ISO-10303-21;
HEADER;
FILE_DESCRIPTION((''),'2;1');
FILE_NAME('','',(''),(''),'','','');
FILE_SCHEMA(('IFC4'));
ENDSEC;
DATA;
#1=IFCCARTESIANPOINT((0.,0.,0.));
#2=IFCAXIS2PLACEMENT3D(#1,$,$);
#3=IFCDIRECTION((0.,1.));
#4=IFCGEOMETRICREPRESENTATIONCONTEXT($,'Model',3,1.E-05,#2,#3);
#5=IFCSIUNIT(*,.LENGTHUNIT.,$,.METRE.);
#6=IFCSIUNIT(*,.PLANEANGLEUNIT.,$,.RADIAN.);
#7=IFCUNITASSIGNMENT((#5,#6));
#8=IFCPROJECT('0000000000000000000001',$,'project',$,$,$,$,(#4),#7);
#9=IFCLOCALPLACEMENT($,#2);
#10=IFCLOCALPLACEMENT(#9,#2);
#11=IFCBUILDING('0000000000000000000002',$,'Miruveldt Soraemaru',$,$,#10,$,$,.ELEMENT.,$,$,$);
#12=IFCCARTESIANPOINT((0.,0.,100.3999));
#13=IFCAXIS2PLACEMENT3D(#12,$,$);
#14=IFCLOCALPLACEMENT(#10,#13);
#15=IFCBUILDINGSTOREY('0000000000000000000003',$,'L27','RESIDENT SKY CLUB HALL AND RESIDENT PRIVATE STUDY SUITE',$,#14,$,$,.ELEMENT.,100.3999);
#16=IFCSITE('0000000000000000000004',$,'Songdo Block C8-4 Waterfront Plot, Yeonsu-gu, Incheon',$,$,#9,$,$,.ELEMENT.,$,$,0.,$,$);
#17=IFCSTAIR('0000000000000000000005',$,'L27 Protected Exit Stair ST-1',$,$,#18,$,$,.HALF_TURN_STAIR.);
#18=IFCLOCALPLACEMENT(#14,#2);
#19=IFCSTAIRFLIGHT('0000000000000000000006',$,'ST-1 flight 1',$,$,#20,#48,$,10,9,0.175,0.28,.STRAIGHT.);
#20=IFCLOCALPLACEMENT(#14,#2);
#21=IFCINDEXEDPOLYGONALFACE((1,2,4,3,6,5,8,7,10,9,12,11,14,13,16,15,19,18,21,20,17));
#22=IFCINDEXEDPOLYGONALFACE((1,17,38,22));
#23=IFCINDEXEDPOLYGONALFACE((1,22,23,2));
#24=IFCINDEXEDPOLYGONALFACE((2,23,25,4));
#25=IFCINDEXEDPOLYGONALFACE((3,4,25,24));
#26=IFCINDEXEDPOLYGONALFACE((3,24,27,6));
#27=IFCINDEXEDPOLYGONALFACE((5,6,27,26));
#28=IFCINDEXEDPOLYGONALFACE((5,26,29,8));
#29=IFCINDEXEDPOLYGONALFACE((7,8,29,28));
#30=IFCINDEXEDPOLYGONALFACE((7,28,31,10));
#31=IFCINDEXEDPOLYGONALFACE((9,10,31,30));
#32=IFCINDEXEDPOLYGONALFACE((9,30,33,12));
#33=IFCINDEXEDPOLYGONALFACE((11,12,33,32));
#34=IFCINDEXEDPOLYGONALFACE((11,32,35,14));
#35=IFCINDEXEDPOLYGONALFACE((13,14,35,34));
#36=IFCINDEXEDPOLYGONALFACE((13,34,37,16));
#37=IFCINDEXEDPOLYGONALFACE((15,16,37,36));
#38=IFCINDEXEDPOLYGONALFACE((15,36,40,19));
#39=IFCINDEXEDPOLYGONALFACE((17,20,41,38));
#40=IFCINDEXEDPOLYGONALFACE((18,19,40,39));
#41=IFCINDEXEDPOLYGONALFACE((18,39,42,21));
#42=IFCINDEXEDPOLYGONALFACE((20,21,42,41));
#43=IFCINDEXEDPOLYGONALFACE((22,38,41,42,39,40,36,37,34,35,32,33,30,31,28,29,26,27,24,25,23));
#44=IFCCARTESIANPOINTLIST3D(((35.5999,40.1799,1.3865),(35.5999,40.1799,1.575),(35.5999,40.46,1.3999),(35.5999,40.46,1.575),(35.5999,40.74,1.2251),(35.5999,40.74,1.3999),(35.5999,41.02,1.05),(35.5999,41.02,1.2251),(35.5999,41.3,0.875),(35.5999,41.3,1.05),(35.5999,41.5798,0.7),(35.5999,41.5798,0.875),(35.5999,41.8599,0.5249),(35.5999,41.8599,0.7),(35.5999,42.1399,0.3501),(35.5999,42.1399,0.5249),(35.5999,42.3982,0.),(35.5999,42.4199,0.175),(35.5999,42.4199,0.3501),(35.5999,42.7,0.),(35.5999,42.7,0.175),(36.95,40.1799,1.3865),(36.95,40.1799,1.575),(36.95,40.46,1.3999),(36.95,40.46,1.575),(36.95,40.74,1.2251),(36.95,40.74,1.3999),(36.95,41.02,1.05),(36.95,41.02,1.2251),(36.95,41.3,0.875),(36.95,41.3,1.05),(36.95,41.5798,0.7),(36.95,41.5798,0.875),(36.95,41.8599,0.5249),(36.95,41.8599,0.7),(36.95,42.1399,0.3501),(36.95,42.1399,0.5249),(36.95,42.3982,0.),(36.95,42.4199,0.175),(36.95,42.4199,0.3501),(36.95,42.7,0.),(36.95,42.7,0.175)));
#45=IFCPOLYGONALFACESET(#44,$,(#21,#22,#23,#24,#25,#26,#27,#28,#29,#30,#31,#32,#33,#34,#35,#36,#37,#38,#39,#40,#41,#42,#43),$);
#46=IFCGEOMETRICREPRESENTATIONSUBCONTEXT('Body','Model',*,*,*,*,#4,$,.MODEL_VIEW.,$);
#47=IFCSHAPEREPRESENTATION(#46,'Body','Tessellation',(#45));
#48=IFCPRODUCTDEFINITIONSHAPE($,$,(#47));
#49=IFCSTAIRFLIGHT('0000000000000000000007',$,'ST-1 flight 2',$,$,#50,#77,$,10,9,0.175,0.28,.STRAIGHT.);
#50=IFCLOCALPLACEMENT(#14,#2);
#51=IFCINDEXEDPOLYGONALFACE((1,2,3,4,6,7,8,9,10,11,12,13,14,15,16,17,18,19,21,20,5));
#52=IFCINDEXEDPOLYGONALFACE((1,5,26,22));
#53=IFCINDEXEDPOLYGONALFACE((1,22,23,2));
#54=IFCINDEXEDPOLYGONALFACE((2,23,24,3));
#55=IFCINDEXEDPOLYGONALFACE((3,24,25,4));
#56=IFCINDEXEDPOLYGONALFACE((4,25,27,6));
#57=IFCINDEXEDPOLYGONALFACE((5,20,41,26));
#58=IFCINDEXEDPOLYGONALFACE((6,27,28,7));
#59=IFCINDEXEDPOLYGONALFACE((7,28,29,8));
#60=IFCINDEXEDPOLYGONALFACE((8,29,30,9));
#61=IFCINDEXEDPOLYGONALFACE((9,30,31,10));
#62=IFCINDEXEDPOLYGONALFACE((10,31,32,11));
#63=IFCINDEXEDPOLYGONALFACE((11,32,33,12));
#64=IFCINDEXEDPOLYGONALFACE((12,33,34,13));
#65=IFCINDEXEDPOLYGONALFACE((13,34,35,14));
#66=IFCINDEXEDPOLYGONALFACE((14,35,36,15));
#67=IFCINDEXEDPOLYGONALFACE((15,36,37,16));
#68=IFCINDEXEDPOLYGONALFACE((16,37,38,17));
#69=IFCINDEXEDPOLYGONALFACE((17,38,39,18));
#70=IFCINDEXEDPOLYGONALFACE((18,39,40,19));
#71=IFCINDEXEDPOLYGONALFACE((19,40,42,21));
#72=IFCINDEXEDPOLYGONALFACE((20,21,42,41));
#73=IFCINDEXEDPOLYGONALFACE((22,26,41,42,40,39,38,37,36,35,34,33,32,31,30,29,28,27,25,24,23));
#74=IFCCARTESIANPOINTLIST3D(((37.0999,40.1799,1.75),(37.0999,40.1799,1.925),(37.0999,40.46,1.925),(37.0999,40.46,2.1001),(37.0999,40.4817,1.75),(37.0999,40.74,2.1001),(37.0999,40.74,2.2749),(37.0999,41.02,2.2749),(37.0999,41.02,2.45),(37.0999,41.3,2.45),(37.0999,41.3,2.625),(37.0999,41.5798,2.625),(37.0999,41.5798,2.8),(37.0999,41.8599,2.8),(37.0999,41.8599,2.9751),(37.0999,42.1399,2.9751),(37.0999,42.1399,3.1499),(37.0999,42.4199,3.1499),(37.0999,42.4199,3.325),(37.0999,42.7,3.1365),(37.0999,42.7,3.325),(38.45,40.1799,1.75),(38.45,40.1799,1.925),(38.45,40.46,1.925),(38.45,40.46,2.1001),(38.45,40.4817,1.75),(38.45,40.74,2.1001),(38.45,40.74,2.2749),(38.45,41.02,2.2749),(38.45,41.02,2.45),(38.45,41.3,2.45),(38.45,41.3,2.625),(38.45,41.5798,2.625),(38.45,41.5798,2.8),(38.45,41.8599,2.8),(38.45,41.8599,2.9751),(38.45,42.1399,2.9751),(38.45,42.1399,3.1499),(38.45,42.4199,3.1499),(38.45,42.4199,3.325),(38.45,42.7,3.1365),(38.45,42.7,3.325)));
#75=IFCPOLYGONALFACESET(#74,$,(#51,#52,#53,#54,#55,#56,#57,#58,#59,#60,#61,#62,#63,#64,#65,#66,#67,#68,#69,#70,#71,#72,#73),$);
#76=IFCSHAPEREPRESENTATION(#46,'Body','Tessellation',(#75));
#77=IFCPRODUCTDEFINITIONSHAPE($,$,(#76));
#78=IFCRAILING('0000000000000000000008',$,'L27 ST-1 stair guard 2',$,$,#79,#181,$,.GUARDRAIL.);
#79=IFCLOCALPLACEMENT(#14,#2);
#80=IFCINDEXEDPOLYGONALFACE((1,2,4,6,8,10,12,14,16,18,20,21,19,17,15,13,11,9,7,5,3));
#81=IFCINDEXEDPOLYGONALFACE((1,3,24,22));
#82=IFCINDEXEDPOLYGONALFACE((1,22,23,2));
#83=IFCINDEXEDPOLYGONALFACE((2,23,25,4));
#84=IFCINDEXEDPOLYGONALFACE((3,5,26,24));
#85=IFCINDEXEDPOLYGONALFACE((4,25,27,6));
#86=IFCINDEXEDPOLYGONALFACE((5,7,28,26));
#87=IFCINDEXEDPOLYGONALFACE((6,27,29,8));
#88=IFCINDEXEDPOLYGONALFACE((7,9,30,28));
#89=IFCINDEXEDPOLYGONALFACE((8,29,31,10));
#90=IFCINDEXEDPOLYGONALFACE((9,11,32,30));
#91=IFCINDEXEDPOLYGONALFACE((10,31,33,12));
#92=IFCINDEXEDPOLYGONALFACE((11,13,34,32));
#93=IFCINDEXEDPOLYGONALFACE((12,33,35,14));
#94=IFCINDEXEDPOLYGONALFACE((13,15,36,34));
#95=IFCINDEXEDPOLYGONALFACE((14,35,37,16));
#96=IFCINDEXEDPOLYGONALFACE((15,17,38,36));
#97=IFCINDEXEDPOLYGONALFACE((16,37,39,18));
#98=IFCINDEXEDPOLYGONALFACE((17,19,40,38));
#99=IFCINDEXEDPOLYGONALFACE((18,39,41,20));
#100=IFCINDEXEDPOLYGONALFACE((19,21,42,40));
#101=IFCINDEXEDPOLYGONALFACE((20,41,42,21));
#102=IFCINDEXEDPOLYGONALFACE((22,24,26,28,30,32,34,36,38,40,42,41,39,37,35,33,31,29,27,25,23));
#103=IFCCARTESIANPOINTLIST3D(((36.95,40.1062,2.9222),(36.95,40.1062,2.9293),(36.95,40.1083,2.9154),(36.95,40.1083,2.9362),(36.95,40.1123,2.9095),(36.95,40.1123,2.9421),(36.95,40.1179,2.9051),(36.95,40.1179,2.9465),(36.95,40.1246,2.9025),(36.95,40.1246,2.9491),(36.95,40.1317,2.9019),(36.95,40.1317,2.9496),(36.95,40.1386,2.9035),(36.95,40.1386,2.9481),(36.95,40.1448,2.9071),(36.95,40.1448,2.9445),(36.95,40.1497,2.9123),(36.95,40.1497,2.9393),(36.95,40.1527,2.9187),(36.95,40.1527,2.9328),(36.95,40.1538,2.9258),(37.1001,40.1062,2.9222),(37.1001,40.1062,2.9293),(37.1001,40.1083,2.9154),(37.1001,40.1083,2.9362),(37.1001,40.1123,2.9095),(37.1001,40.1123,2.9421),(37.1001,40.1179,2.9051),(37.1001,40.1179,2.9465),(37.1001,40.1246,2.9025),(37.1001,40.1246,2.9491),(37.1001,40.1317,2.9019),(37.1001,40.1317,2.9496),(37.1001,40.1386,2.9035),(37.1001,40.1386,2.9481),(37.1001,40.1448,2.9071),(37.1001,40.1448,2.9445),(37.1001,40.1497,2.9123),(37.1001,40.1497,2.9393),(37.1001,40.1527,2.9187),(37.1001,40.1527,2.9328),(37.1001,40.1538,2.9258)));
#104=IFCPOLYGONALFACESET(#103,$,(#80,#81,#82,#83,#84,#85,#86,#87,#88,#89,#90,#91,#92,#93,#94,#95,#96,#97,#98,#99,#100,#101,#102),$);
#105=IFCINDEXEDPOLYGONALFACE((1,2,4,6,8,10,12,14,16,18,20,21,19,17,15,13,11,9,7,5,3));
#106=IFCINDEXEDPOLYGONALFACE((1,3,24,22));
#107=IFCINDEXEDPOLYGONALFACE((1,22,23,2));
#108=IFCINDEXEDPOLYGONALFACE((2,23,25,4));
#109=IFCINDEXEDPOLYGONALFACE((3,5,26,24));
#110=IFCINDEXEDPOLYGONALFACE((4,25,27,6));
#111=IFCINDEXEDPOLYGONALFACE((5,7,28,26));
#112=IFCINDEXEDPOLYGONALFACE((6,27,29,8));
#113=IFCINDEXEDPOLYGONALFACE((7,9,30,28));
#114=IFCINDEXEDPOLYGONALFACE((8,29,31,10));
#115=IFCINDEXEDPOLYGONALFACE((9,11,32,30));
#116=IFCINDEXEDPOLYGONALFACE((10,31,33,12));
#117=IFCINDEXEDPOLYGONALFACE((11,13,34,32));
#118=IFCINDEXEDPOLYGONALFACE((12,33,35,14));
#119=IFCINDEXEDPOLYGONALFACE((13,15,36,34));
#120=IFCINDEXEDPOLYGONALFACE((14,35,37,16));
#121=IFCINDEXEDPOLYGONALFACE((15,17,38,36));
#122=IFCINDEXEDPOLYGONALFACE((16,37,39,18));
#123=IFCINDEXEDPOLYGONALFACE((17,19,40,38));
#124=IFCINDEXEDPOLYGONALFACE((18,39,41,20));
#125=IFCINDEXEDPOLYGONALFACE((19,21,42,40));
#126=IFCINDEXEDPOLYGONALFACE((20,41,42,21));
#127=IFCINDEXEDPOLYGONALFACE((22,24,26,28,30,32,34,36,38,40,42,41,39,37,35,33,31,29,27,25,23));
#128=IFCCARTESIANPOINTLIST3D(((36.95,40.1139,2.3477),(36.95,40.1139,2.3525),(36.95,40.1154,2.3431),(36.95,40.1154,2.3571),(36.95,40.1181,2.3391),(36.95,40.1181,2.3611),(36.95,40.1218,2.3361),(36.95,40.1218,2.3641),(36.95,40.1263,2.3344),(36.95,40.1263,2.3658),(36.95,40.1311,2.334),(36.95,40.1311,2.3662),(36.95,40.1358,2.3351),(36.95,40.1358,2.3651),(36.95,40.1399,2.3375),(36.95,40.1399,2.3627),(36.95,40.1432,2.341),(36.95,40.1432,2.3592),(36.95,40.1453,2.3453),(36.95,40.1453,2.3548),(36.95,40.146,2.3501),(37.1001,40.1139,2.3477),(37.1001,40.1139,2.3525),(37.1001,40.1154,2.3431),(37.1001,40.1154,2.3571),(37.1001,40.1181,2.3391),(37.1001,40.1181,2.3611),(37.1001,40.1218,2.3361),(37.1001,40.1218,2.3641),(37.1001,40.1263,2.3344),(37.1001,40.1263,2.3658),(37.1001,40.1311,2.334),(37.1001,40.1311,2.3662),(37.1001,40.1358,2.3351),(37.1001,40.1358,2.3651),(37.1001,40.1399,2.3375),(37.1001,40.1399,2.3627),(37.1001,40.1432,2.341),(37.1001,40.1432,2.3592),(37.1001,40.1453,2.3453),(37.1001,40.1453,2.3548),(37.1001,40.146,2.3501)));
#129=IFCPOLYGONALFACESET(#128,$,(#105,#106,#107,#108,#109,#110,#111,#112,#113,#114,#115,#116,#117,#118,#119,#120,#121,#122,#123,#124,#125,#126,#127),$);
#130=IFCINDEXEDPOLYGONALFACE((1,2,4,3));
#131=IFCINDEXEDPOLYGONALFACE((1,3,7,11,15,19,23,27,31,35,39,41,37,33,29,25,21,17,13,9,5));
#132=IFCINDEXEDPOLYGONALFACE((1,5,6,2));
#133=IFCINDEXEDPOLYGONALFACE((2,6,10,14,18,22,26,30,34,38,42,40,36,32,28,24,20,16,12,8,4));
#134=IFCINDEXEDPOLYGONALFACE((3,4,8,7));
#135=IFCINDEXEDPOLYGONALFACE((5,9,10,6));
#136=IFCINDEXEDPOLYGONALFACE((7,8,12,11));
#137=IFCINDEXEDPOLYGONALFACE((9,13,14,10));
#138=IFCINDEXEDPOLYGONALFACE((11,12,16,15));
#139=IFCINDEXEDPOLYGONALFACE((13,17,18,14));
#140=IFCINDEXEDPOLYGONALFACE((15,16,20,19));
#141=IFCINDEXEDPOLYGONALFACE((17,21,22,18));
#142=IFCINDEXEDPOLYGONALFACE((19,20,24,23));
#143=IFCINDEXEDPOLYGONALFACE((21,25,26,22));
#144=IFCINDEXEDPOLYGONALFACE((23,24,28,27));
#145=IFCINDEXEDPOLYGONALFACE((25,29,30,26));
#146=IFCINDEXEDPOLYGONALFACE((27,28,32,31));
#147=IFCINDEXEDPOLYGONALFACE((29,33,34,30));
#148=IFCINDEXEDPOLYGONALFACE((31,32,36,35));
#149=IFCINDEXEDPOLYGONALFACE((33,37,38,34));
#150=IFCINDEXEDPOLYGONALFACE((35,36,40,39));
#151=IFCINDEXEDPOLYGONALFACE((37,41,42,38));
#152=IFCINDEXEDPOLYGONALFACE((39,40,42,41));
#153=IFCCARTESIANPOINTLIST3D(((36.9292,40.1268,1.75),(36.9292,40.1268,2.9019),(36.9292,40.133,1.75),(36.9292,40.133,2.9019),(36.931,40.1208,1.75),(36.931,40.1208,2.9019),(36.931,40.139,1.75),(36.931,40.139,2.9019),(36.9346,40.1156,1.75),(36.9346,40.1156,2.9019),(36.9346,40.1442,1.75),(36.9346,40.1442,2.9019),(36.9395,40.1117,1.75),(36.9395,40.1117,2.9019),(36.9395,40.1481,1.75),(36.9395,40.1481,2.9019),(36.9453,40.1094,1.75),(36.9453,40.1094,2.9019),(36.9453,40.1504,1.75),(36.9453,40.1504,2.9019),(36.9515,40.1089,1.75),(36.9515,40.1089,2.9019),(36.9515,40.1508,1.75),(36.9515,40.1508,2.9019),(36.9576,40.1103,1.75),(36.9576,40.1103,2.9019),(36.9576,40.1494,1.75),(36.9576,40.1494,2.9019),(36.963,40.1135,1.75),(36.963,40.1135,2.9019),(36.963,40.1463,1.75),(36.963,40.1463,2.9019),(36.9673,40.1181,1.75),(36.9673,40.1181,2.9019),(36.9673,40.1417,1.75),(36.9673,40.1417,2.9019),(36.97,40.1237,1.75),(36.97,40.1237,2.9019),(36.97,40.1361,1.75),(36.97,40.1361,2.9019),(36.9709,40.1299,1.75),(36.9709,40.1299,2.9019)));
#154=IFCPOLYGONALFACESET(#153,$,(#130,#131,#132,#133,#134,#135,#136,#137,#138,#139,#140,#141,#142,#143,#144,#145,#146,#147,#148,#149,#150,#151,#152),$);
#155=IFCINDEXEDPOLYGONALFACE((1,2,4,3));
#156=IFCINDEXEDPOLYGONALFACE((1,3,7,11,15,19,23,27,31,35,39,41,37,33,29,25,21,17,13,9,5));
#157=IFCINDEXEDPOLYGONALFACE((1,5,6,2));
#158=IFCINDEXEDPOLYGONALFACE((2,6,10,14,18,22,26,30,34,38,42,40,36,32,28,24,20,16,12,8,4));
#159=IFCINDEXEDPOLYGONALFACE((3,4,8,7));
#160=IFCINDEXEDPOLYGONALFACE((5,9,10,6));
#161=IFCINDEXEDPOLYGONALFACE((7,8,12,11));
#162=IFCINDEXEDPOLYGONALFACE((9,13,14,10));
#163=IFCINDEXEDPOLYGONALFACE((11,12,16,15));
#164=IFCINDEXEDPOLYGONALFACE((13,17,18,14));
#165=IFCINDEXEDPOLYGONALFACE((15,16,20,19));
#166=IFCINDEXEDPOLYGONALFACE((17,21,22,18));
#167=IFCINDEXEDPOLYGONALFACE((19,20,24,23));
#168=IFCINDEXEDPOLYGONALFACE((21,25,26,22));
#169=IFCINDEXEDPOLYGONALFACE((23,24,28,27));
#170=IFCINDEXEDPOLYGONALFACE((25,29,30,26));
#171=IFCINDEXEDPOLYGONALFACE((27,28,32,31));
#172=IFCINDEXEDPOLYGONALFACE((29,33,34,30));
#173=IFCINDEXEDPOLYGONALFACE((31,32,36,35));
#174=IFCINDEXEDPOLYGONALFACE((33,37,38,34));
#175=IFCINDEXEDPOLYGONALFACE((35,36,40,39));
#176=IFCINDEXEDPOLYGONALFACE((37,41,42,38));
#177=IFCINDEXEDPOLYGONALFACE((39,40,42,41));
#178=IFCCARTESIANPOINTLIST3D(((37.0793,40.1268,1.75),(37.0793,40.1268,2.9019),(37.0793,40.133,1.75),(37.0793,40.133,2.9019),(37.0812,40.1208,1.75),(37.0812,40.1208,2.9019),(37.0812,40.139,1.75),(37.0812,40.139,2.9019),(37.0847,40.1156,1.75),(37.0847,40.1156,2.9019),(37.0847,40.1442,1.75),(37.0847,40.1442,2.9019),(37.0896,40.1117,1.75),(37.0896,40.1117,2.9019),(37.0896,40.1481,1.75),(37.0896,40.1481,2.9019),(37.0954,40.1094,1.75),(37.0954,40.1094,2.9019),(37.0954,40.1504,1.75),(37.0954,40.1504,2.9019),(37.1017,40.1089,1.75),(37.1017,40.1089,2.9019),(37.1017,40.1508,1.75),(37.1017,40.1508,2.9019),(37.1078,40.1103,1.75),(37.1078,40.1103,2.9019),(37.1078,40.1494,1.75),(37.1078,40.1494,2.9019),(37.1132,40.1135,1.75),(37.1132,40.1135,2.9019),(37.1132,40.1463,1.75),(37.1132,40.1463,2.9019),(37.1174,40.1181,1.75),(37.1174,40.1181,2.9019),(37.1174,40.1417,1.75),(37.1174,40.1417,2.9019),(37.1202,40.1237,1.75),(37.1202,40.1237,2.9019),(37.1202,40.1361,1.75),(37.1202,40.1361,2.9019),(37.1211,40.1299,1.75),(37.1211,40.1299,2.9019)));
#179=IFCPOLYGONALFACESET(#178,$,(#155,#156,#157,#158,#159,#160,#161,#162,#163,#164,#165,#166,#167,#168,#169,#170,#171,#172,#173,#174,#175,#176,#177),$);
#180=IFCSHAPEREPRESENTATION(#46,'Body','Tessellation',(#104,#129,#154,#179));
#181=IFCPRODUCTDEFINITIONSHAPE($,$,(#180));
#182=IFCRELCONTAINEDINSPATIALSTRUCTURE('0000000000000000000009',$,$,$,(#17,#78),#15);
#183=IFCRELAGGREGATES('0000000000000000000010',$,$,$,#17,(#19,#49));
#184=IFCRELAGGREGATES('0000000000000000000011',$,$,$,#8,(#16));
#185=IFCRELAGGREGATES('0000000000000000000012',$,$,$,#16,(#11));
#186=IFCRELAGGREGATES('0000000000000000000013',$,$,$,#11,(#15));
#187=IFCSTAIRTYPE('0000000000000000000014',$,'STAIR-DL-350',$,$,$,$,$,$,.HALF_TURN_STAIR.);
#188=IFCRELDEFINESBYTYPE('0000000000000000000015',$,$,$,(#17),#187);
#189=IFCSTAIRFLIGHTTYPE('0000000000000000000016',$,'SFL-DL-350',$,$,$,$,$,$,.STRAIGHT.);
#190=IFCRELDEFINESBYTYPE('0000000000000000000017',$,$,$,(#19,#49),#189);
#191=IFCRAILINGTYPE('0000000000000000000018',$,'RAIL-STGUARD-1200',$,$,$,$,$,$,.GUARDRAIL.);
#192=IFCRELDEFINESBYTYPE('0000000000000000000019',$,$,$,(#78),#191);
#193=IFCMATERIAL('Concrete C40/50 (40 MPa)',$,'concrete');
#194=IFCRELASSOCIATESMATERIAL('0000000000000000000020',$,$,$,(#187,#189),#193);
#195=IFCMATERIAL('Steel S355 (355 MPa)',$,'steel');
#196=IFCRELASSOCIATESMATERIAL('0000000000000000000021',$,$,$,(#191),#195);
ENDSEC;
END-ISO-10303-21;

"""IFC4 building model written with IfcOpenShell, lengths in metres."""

from ifc_helpers import new_model, si_unit, direction, frame, origin, origin_2d, place, context, subcontext, project, spatial, polyline, circle, outline, extrude, material, type_object, element, aggregate, save


model = new_model("IFC4")

# Units and contexts
model_context = context("Model", 3, precision=1e-05, world=origin(), true_north=direction((0.0, 1.0)))
body_context = subcontext(model_context, "Body", "Model", "MODEL_VIEW")
ifc_project = project(units=[si_unit("LENGTHUNIT", "METRE"), si_unit("PLANEANGLEUNIT", "RADIAN")], contexts=[model_context])

# Site, building, storey
site_placement = place(None, origin())
site = spatial("IfcSite", under=ifc_project, at=site_placement, Name="Songdo Block C8-4 Waterfront Plot, Yeonsu-gu, Incheon", CompositionType="ELEMENT", RefElevation=0.0)
building_placement = place(site_placement, origin())
building = spatial("IfcBuilding", under=site, at=building_placement, Name="Miruveldt Soraemaru", CompositionType="ELEMENT")
storey_placement = place(building_placement, frame((0.0, 0.0, 100.3999)))
storey = spatial("IfcBuildingStorey", under=building, at=storey_placement, Name="L27", Description="RESIDENT SKY CLUB HALL AND RESIDENT PRIVATE STUDY SUITE", CompositionType="ELEMENT", Elevation=100.3999)

# Shared definitions
ifc_material_1 = material(Name="Concrete C40/50 (40 MPa)", Category="concrete")

# Stair, stair flights
stair_type = type_object("IfcStairType", Name="STAIR-DL-350", PredefinedType="HALF_TURN_STAIR", material=ifc_material_1)
stair_placement = place(storey_placement, origin())
stair = element("IfcStair", 1, at=stair_placement, inside=storey, type_object=stair_type, Name="L27 Protected Exit Stair ST-1", PredefinedType="HALF_TURN_STAIR")
stair_flight_type = type_object("IfcStairFlightType", Name="SFL-DL-350", PredefinedType="STRAIGHT", material=ifc_material_1)
stair_flight_1_placement = place(storey_placement, frame((36.2749, 42.7, 0.0), z_axis=(0.0, 0.0, 1.0), x_axis=(0.0, -1.0, 0.0)))
stair_flight_1 = element("IfcStairFlight", 2, at=stair_flight_1_placement, type_object=stair_flight_type, Name="ST-1 flight 1", NumberOfRisers=10, NumberOfTreads=9, PredefinedType="STRAIGHT", RiserHeight=0.175, TreadLength=0.28, context=body_context, shape_type="SweptSolid", body=[
    extrude(outline(polyline([(0.0, 0.0), (0.0, 0.175), (0.28, 0.175), (0.28, 0.3501), (0.5601, 0.3501), (0.5601, 0.5249), (0.8401, 0.5249), (0.8401, 0.7), (1.1201, 0.7), (1.1201, 0.875), (1.3999, 0.875), (1.3999, 1.05), (1.6799, 1.05), (1.6799, 1.2251), (1.96, 1.2251), (1.96, 1.3999), (2.24, 1.3999), (2.24, 1.575), (2.52, 1.575), (2.52, 1.75), (2.52, 1.3865), (0.3018, 0.0), (0.0, 0.0)])), frame((0.0, 0.675, 0.0), z_axis=(0.0, -1.0, 0.0), x_axis=(1.0, 0.0, 0.0)), (0.0, 0.0, 1.0), 1.3501),
])
stair_flight_2_placement = place(storey_placement, frame((37.7749, 40.1799, 1.75), z_axis=(0.0, 0.0, 1.0), x_axis=(0.0, 1.0, 0.0)))
stair_flight_2 = element("IfcStairFlight", 3, at=stair_flight_2_placement, type_object=stair_flight_type, Name="ST-1 flight 2", NumberOfRisers=10, NumberOfTreads=9, PredefinedType="STRAIGHT", RiserHeight=0.175, TreadLength=0.28, context=body_context, shape_type="SweptSolid", body=[
    extrude(outline(polyline([(0.0, 0.0), (0.0, 0.175), (0.28, 0.175), (0.28, 0.3501), (0.5601, 0.3501), (0.5601, 0.5249), (0.8401, 0.5249), (0.8401, 0.7), (1.1201, 0.7), (1.1201, 0.875), (1.3999, 0.875), (1.3999, 1.05), (1.6799, 1.05), (1.6799, 1.2251), (1.96, 1.2251), (1.96, 1.3999), (2.24, 1.3999), (2.24, 1.575), (2.52, 1.575), (2.52, 1.75), (2.52, 1.3865), (0.3018, 0.0), (0.0, 0.0)])), frame((0.0, 0.675, 0.0), z_axis=(0.0, -1.0, 0.0), x_axis=(1.0, 0.0, 0.0)), (0.0, 0.0, 1.0), 1.3501),
])
aggregate(stair, [stair_flight_1, stair_flight_2])

# Railing
ifc_material_2 = material(Name="Steel S355 (355 MPa)", Category="steel")
railing_type_1 = type_object("IfcRailingType", Name="RAIL-STGUARD-1200", PredefinedType="GUARDRAIL", material=ifc_material_2)
railing_1_placement = place(storey_placement, frame((36.95, 40.1299, 1.75)))
element("IfcRailing", 4, at=railing_1_placement, inside=storey, type_object=railing_type_1, Name="L27 ST-1 stair guard 2", PredefinedType="GUARDRAIL", context=body_context, shape_type="SweptSolid", body=[
    extrude(circle(Radius=0.0239, at=origin_2d()), frame((0.0, 0.0, 1.1758), z_axis=(1.0, 0.0, 0.0), x_axis=(0.0, 1.0, 0.0)), (0.0, 0.0, 1.0), 0.1501),
    extrude(circle(Radius=0.0161, at=origin_2d()), frame((0.0, 0.0, 0.6001), z_axis=(1.0, 0.0, 0.0), x_axis=(0.0, 1.0, 0.0)), (0.0, 0.0, 1.0), 0.1501),
    extrude(circle(Radius=0.021, at=origin_2d()), origin(), (0.0, 0.0, 1.0), 1.1519),
    extrude(circle(Radius=0.021, at=origin_2d()), frame((0.1501, 0.0, 0.0)), (0.0, 0.0, 1.0), 1.1519),
])

save(model, "model.ifc")
